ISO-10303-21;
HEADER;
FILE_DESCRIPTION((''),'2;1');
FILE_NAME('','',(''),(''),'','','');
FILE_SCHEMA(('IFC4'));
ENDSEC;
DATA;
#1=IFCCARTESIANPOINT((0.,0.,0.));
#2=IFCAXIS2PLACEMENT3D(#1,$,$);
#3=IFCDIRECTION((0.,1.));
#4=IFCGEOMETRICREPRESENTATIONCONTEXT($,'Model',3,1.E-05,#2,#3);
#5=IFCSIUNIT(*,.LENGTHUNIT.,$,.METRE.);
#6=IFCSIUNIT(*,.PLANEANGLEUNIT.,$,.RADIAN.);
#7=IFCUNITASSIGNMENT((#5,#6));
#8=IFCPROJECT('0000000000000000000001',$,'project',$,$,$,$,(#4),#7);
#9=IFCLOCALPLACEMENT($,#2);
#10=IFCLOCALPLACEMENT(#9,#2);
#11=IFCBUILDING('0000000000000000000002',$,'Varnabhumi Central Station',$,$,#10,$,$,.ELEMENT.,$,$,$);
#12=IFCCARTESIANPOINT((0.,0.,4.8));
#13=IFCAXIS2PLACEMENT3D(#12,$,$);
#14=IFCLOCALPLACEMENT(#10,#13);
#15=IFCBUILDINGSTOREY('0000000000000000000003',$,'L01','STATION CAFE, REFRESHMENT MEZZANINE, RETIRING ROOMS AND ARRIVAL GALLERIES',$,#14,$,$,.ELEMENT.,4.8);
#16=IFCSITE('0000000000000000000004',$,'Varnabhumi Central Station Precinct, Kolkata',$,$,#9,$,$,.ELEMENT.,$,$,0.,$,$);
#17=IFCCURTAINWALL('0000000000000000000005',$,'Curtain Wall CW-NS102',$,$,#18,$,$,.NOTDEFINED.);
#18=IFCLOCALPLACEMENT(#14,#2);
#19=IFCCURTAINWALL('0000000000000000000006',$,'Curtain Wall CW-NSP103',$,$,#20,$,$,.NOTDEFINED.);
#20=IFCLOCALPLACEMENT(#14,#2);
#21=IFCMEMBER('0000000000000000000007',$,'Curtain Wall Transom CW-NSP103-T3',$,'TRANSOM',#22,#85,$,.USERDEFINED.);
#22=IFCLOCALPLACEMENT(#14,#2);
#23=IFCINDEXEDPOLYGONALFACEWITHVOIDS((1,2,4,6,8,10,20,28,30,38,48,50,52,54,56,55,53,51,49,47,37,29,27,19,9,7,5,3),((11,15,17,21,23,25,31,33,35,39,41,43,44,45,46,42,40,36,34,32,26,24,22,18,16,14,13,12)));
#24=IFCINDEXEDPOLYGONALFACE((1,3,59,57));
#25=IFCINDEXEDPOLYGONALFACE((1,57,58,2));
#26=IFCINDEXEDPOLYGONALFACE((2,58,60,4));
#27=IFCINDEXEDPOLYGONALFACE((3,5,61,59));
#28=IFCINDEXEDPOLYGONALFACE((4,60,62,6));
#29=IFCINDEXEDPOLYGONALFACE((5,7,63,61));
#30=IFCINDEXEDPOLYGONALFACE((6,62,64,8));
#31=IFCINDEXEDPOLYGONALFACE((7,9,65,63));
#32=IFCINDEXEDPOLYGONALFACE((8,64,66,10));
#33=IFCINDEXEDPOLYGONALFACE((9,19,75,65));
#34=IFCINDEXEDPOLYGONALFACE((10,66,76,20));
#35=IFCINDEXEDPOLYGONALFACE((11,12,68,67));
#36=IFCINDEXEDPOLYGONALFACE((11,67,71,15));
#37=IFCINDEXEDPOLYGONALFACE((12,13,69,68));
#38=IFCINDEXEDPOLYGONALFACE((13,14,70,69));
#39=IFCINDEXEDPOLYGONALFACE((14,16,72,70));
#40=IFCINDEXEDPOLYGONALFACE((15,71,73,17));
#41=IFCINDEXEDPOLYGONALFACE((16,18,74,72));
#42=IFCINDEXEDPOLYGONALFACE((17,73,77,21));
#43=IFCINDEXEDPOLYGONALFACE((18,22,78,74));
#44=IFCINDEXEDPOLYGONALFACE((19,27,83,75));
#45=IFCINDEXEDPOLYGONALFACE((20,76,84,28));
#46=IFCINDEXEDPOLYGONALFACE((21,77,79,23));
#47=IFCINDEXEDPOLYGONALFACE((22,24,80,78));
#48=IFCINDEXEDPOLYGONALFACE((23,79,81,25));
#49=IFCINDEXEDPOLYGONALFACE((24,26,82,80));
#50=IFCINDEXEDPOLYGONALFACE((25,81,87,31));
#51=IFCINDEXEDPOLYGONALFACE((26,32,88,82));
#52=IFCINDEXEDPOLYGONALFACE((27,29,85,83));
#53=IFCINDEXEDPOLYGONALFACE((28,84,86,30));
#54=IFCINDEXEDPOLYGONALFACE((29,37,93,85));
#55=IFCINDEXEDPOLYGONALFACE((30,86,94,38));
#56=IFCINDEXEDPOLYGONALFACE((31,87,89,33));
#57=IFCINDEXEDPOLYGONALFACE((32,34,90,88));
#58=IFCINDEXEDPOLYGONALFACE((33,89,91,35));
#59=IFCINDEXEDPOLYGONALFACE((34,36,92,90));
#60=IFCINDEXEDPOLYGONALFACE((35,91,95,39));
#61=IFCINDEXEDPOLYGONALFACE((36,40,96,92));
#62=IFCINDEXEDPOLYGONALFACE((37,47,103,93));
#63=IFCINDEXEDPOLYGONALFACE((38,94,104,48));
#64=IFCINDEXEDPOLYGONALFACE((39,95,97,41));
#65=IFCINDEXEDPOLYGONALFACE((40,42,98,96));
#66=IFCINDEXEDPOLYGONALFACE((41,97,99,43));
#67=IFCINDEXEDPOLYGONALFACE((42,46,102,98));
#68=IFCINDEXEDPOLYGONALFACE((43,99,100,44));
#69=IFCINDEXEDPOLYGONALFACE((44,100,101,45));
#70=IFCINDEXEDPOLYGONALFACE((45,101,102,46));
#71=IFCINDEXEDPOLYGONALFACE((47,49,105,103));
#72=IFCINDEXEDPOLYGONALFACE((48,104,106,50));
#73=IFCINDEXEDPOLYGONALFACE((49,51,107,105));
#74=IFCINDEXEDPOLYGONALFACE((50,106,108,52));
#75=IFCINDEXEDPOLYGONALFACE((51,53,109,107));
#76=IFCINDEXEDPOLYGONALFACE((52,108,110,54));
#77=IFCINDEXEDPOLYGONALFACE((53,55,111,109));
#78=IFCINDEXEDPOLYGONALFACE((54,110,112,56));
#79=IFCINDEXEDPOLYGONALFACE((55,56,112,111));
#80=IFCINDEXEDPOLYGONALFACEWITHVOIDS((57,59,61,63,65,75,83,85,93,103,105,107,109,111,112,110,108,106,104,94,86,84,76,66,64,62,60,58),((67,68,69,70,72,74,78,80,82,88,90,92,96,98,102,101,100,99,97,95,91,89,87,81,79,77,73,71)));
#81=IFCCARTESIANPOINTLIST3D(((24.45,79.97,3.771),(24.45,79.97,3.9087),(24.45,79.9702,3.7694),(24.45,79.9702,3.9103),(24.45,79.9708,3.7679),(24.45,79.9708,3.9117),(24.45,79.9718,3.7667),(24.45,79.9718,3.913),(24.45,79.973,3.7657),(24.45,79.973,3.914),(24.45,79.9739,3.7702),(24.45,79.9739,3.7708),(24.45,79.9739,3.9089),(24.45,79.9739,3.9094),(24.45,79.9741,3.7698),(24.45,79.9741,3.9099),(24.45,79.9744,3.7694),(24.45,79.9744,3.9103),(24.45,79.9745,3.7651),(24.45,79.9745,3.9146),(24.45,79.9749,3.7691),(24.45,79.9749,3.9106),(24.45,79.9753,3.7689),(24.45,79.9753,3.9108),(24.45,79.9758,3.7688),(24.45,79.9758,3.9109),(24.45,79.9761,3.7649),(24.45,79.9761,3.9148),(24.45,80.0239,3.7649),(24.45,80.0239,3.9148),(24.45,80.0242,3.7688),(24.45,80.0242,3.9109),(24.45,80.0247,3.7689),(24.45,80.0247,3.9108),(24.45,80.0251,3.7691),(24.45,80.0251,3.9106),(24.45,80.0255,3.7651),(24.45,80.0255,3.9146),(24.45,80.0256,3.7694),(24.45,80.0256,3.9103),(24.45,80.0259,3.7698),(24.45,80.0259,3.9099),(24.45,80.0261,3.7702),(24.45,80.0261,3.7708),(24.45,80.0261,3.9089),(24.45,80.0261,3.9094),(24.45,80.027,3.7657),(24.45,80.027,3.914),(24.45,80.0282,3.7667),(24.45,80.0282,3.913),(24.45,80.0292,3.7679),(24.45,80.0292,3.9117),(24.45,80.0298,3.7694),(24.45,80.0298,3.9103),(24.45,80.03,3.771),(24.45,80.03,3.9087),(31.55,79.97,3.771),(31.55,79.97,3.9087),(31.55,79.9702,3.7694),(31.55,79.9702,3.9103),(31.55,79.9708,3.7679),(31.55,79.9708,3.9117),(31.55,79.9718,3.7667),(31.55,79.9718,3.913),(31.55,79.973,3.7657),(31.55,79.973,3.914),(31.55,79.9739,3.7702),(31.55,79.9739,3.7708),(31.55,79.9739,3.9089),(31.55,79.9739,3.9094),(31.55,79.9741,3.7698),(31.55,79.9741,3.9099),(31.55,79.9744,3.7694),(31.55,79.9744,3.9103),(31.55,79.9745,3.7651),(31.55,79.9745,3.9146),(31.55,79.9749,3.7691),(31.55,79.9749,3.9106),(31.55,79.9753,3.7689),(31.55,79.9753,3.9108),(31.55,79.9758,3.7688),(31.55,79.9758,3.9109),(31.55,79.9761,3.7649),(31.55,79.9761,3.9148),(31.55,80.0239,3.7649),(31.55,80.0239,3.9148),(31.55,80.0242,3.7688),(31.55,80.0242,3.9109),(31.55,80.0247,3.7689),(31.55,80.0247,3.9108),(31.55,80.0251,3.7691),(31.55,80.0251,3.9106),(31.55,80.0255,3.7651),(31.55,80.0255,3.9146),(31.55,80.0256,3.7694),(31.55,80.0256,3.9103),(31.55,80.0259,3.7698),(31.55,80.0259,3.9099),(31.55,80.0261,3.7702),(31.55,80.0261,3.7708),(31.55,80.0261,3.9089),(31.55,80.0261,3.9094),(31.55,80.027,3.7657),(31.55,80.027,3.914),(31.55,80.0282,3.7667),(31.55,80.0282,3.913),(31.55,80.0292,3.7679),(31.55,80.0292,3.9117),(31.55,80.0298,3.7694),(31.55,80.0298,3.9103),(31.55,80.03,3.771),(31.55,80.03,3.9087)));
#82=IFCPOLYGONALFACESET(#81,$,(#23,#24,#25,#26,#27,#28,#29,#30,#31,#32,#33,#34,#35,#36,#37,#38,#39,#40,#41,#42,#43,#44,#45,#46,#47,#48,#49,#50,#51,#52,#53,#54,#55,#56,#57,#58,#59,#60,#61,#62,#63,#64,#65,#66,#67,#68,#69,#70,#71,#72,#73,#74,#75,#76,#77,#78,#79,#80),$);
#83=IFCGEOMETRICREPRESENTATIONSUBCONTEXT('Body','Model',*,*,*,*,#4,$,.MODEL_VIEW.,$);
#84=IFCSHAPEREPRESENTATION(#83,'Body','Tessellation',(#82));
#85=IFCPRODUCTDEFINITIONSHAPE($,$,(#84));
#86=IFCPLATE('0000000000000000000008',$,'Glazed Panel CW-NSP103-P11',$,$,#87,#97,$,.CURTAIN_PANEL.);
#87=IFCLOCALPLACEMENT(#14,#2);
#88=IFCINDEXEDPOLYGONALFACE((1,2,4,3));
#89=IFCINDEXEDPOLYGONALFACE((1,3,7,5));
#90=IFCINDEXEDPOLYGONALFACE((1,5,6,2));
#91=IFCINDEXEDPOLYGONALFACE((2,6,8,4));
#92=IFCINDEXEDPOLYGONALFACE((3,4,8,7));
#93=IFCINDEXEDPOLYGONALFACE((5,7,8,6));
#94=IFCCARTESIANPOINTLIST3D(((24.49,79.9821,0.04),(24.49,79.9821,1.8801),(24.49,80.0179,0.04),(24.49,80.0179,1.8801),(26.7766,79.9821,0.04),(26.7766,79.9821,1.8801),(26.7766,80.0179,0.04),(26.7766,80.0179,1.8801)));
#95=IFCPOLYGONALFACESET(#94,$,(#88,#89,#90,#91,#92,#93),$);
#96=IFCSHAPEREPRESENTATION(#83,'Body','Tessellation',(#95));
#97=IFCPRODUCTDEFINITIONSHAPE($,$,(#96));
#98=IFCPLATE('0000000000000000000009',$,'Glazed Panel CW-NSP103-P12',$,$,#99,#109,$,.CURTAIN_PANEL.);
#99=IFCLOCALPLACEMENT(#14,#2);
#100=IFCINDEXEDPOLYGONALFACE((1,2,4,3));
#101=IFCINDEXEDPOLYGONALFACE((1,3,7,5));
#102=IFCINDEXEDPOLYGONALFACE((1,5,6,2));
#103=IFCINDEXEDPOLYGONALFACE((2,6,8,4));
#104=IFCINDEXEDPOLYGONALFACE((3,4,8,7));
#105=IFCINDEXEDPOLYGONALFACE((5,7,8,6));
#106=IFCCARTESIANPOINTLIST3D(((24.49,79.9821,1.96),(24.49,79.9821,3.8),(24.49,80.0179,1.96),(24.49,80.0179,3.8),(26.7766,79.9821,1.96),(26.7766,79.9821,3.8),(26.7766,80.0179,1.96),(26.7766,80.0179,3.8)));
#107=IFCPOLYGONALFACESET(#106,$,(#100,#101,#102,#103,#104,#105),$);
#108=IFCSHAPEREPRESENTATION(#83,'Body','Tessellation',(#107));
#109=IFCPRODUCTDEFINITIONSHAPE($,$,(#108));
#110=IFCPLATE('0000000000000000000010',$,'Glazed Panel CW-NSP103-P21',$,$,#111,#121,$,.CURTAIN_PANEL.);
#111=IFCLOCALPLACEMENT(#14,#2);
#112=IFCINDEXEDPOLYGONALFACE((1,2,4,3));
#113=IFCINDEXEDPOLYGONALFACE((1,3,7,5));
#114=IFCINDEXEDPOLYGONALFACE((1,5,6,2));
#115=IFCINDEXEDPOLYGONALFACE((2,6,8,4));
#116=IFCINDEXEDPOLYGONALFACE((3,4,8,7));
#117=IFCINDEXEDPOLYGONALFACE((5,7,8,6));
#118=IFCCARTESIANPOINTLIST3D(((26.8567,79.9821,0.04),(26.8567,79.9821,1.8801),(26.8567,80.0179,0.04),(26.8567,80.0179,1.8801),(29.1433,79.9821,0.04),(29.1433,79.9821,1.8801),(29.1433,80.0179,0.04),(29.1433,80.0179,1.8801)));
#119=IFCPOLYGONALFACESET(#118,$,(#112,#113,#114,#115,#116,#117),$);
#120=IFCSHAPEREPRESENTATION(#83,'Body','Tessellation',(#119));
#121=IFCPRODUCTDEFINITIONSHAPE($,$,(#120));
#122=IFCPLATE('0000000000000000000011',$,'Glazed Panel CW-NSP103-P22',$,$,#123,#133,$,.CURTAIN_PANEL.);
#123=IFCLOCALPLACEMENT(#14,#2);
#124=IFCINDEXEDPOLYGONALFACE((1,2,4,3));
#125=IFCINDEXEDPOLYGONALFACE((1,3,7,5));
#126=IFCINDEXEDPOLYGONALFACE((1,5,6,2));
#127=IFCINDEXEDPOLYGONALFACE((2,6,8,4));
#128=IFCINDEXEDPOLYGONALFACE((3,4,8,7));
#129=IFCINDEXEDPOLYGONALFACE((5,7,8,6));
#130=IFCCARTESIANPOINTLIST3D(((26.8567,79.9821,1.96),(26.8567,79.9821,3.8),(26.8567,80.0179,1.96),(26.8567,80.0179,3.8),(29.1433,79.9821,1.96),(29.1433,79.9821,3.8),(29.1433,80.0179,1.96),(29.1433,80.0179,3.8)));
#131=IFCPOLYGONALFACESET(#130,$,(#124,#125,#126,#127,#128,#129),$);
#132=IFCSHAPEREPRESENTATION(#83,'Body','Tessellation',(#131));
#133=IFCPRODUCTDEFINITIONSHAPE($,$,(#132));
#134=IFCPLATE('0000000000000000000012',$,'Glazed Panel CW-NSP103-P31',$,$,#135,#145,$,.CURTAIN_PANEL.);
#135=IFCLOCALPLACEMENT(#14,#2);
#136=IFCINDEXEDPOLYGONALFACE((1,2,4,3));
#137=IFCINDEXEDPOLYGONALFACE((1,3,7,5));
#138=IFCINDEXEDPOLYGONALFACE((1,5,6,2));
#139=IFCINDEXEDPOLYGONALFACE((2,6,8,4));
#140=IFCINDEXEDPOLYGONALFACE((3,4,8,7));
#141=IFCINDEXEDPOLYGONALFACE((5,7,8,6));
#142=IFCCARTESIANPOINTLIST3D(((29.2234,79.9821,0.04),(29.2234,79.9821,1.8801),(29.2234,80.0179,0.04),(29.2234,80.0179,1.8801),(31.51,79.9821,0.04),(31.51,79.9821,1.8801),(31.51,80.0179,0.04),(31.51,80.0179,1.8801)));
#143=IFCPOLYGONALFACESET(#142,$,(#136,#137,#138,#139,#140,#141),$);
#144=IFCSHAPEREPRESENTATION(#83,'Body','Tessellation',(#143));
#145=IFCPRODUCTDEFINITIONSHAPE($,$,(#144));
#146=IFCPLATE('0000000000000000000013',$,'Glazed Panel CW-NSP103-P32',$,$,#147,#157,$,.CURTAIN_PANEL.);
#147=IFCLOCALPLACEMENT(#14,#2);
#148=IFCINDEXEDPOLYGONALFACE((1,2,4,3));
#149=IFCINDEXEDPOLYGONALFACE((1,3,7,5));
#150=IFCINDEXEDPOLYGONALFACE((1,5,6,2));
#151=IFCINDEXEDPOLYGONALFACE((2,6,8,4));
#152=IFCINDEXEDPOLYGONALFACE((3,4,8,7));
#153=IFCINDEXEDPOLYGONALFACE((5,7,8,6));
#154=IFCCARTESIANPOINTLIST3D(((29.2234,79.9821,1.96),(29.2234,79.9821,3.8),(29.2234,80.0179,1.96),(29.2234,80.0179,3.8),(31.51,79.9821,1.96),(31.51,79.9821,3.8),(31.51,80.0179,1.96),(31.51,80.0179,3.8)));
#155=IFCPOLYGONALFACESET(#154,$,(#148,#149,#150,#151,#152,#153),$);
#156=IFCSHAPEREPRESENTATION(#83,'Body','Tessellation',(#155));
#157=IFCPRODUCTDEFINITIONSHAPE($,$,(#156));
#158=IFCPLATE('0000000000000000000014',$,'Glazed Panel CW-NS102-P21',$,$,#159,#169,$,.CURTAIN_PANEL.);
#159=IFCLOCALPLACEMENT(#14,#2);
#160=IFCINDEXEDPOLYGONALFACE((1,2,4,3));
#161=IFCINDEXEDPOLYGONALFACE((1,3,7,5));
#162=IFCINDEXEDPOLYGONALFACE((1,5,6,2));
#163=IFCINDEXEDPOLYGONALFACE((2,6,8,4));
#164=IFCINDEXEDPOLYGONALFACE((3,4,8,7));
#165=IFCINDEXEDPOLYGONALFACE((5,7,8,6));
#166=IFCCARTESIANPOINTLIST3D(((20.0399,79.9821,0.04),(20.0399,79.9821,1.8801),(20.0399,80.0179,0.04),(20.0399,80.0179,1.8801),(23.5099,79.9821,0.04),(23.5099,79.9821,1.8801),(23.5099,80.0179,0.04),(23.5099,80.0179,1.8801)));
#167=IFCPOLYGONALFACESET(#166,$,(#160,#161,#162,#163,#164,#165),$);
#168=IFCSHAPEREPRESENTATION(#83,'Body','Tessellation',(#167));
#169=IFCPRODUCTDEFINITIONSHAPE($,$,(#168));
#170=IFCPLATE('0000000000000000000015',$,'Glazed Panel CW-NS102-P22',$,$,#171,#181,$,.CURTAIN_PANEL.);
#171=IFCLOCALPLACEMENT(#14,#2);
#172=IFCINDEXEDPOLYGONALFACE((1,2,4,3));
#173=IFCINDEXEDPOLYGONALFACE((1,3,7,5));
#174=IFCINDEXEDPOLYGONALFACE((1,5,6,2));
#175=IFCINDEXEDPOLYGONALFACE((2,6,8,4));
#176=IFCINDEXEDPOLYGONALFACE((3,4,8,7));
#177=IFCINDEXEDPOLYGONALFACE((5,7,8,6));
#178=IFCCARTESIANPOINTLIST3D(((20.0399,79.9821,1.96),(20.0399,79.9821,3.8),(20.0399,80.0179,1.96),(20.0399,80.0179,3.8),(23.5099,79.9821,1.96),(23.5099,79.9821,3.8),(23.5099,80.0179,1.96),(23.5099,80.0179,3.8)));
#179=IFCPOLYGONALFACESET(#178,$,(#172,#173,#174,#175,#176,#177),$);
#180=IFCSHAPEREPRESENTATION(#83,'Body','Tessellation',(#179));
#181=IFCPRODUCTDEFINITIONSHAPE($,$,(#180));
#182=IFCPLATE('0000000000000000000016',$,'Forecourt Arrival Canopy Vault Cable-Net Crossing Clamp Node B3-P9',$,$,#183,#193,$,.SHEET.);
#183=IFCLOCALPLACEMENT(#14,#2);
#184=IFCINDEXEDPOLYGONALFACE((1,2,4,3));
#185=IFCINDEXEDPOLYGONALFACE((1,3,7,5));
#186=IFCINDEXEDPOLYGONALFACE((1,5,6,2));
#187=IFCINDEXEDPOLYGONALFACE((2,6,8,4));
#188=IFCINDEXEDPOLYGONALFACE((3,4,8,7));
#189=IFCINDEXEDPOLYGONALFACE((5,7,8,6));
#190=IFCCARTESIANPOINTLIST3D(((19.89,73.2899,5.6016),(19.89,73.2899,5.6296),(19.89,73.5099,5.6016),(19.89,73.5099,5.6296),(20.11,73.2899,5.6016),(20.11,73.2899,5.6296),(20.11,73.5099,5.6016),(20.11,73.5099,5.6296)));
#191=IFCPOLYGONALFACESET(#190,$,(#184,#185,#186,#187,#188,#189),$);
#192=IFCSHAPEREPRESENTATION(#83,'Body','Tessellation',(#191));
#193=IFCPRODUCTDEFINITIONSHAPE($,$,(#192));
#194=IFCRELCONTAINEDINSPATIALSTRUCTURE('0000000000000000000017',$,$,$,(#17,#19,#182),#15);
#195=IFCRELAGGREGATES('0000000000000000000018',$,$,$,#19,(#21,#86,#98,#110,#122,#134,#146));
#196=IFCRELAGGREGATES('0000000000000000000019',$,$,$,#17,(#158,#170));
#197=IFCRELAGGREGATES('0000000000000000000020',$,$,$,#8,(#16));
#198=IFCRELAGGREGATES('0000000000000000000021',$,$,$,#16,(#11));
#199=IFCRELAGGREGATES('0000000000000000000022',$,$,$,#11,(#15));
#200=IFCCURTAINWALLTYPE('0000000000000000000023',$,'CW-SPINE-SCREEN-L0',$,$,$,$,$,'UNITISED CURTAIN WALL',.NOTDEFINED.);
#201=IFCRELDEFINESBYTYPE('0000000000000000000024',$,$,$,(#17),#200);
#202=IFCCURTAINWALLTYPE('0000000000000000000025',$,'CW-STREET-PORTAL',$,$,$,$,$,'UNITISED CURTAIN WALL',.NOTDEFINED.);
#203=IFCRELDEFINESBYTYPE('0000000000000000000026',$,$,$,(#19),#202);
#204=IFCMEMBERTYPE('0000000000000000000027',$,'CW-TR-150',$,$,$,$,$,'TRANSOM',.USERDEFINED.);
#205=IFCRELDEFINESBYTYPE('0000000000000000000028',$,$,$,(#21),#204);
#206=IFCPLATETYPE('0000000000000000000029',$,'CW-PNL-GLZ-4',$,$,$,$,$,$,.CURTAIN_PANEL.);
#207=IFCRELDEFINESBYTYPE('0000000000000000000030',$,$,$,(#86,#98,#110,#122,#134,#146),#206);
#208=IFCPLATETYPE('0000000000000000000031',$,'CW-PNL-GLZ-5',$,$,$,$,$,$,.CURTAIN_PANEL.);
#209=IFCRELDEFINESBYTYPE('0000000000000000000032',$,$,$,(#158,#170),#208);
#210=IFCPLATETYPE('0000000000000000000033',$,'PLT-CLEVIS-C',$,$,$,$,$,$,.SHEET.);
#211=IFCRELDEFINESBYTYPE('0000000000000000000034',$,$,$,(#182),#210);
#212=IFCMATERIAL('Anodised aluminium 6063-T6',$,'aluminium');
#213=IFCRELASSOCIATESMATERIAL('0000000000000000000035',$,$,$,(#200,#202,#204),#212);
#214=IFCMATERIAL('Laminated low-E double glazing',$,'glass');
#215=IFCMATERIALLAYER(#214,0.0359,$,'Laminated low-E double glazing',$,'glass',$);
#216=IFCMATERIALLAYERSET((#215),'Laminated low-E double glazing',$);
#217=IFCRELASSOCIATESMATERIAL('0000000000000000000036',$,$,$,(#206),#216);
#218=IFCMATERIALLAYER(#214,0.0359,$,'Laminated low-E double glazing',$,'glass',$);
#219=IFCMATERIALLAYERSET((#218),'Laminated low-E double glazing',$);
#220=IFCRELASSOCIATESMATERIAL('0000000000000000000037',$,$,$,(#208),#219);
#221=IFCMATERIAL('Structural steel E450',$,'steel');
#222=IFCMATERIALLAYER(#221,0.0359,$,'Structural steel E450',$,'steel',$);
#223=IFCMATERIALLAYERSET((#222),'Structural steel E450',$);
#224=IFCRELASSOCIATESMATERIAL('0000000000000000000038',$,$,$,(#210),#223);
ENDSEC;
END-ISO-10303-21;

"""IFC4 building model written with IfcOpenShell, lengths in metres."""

from ifc_helpers import new_model, si_unit, direction, frame, origin, origin_2d, place, context, subcontext, project, spatial, rectangle, hollow_rectangle, extrude, material, layer, layer_set, material_profile, profile_set, type_object, element, aggregate, save


model = new_model("IFC4")

# Units and contexts
model_context = context("Model", 3, precision=1e-05, world=origin(), true_north=direction((0.0, 1.0)))
body_context = subcontext(model_context, "Body", "Model", "MODEL_VIEW")
ifc_project = project(units=[si_unit("LENGTHUNIT", "METRE"), si_unit("PLANEANGLEUNIT", "RADIAN")], contexts=[model_context])

# Site, building, storey
site_placement = place(None, origin())
site = spatial("IfcSite", under=ifc_project, at=site_placement, Name="Varnabhumi Central Station Precinct, Kolkata", CompositionType="ELEMENT", RefElevation=0.0)
building_placement = place(site_placement, origin())
building = spatial("IfcBuilding", under=site, at=building_placement, Name="Varnabhumi Central Station", CompositionType="ELEMENT")
storey_placement = place(building_placement, frame((0.0, 0.0, 4.8)))
storey = spatial("IfcBuildingStorey", under=building, at=storey_placement, Name="L01", Description="STATION CAFE, REFRESHMENT MEZZANINE, RETIRING ROOMS AND ARRIVAL GALLERIES", CompositionType="ELEMENT", Elevation=4.8)

# Curtain wall
ifc_material_1 = material(Name="Anodised aluminium 6063-T6", Category="aluminium")
curtain_wall_type_1 = type_object("IfcCurtainWallType", Name="CW-SPINE-SCREEN-L0", ElementType="UNITISED CURTAIN WALL", PredefinedType="NOTDEFINED", material=ifc_material_1)
curtain_wall_1_placement = place(storey_placement, origin())
curtain_wall_1 = element("IfcCurtainWall", 1, at=curtain_wall_1_placement, inside=storey, type_object=curtain_wall_type_1, Name="Curtain Wall CW-NS102", PredefinedType="NOTDEFINED")

# Curtain wall, member, plates
curtain_wall_type_2 = type_object("IfcCurtainWallType", Name="CW-STREET-PORTAL", ElementType="UNITISED CURTAIN WALL", PredefinedType="NOTDEFINED", material=ifc_material_1)
curtain_wall_2_placement = place(storey_placement, origin())
curtain_wall_2 = element("IfcCurtainWall", 2, at=curtain_wall_2_placement, inside=storey, type_object=curtain_wall_type_2, Name="Curtain Wall CW-NSP103", PredefinedType="NOTDEFINED")
ifc_material_profile_1 = material_profile(ifc_material_1, hollow_rectangle(XDim=0.0601, YDim=0.1499, WallThickness=0.0039, InnerFilletRadius=0.002, OuterFilletRadius=0.0061, at=origin_2d()), Name="Anodised aluminium 6063-T6", Category="aluminium")
ifc_profile_set_1 = profile_set([ifc_material_profile_1], Name="Anodised aluminium 6063-T6")
member_type_1 = type_object("IfcMemberType", Name="CW-TR-150", ElementType="TRANSOM", PredefinedType="USERDEFINED", material=ifc_profile_set_1)
member_1_placement = place(storey_placement, frame((24.45, 80.0, 3.8398), z_axis=(1.0, 0.0, 0.0), x_axis=(0.0, 1.0, 0.0)))
member_1 = element("IfcMember", 3, at=member_1_placement, type_object=member_type_1, Name="Curtain Wall Transom CW-NSP103-T3", ObjectType="TRANSOM", PredefinedType="USERDEFINED", context=body_context, shape_type="SweptSolid", body=[
    extrude(hollow_rectangle(XDim=0.0601, YDim=0.1499, WallThickness=0.0039, InnerFilletRadius=0.002, OuterFilletRadius=0.0061, at=origin_2d()), origin(), (0.0, 0.0, 1.0), 7.1001),
])
ifc_material_2 = material(Name="Laminated low-E double glazing", Category="glass")
ifc_layer_1 = layer(ifc_material_2, 0.0359, Name="Laminated low-E double glazing", Category="glass")
ifc_layer_set_1 = layer_set([ifc_layer_1], Name="Laminated low-E double glazing")
plate_type_1 = type_object("IfcPlateType", Name="CW-PNL-GLZ-4", PredefinedType="CURTAIN_PANEL", material=ifc_layer_set_1)
plate_1_placement = place(storey_placement, frame((25.6333, 80.0, 0.04), z_axis=(0.0, 0.0, 1.0), x_axis=(1.0, 0.0, 0.0)))
plate_1 = element("IfcPlate", 4, at=plate_1_placement, type_object=plate_type_1, Name="Glazed Panel CW-NSP103-P11", PredefinedType="CURTAIN_PANEL", context=body_context, shape_type="SweptSolid", body=[
    extrude(rectangle(XDim=2.2866, YDim=0.0359, at=origin_2d()), origin(), (0.0, 0.0, 1.0), 1.8401),
])
plate_2_placement = place(storey_placement, frame((25.6333, 80.0, 1.96), z_axis=(0.0, 0.0, 1.0), x_axis=(1.0, 0.0, 0.0)))
plate_2 = element("IfcPlate", 5, at=plate_2_placement, type_object=plate_type_1, Name="Glazed Panel CW-NSP103-P12", PredefinedType="CURTAIN_PANEL", context=body_context, shape_type="SweptSolid", body=[
    extrude(rectangle(XDim=2.2866, YDim=0.0359, at=origin_2d()), origin(), (0.0, 0.0, 1.0), 1.8401),
])
plate_3_placement = place(storey_placement, frame((28.0, 80.0, 0.04), z_axis=(0.0, 0.0, 1.0), x_axis=(1.0, 0.0, 0.0)))
plate_3 = element("IfcPlate", 6, at=plate_3_placement, type_object=plate_type_1, Name="Glazed Panel CW-NSP103-P21", PredefinedType="CURTAIN_PANEL", context=body_context, shape_type="SweptSolid", body=[
    extrude(rectangle(XDim=2.2866, YDim=0.0359, at=origin_2d()), origin(), (0.0, 0.0, 1.0), 1.8401),
])
plate_4_placement = place(storey_placement, frame((28.0, 80.0, 1.96), z_axis=(0.0, 0.0, 1.0), x_axis=(1.0, 0.0, 0.0)))
plate_4 = element("IfcPlate", 7, at=plate_4_placement, type_object=plate_type_1, Name="Glazed Panel CW-NSP103-P22", PredefinedType="CURTAIN_PANEL", context=body_context, shape_type="SweptSolid", body=[
    extrude(rectangle(XDim=2.2866, YDim=0.0359, at=origin_2d()), origin(), (0.0, 0.0, 1.0), 1.8401),
])
plate_5_placement = place(storey_placement, frame((30.3667, 80.0, 0.04), z_axis=(0.0, 0.0, 1.0), x_axis=(1.0, 0.0, 0.0)))
plate_5 = element("IfcPlate", 8, at=plate_5_placement, type_object=plate_type_1, Name="Glazed Panel CW-NSP103-P31", PredefinedType="CURTAIN_PANEL", context=body_context, shape_type="SweptSolid", body=[
    extrude(rectangle(XDim=2.2866, YDim=0.0359, at=origin_2d()), origin(), (0.0, 0.0, 1.0), 1.8401),
])
plate_6_placement = place(storey_placement, frame((30.3667, 80.0, 1.96), z_axis=(0.0, 0.0, 1.0), x_axis=(1.0, 0.0, 0.0)))
plate_6 = element("IfcPlate", 9, at=plate_6_placement, type_object=plate_type_1, Name="Glazed Panel CW-NSP103-P32", PredefinedType="CURTAIN_PANEL", context=body_context, shape_type="SweptSolid", body=[
    extrude(rectangle(XDim=2.2866, YDim=0.0359, at=origin_2d()), origin(), (0.0, 0.0, 1.0), 1.8401),
])
aggregate(curtain_wall_2, [member_1, plate_1, plate_2, plate_3, plate_4, plate_5, plate_6])

# Plates
ifc_layer_2 = layer(ifc_material_2, 0.0359, Name="Laminated low-E double glazing", Category="glass")
ifc_layer_set_2 = layer_set([ifc_layer_2], Name="Laminated low-E double glazing")
plate_type_2 = type_object("IfcPlateType", Name="CW-PNL-GLZ-5", PredefinedType="CURTAIN_PANEL", material=ifc_layer_set_2)
plate_7_placement = place(storey_placement, frame((21.7749, 80.0, 0.04), z_axis=(0.0, 0.0, 1.0), x_axis=(1.0, 0.0, 0.0)))
plate_7 = element("IfcPlate", 10, at=plate_7_placement, type_object=plate_type_2, Name="Glazed Panel CW-NS102-P21", PredefinedType="CURTAIN_PANEL", context=body_context, shape_type="SweptSolid", body=[
    extrude(rectangle(XDim=3.47, YDim=0.0359, at=origin_2d()), origin(), (0.0, 0.0, 1.0), 1.8401),
])
plate_8_placement = place(storey_placement, frame((21.7749, 80.0, 1.96), z_axis=(0.0, 0.0, 1.0), x_axis=(1.0, 0.0, 0.0)))
plate_8 = element("IfcPlate", 11, at=plate_8_placement, type_object=plate_type_2, Name="Glazed Panel CW-NS102-P22", PredefinedType="CURTAIN_PANEL", context=body_context, shape_type="SweptSolid", body=[
    extrude(rectangle(XDim=3.47, YDim=0.0359, at=origin_2d()), origin(), (0.0, 0.0, 1.0), 1.8401),
])
aggregate(curtain_wall_1, [plate_7, plate_8])

# Plate
ifc_material_3 = material(Name="Structural steel E450", Category="steel")
ifc_layer_3 = layer(ifc_material_3, 0.0359, Name="Structural steel E450", Category="steel")
ifc_layer_set_3 = layer_set([ifc_layer_3], Name="Structural steel E450")
plate_type_3 = type_object("IfcPlateType", Name="PLT-CLEVIS-C", PredefinedType="SHEET", material=ifc_layer_set_3)
plate_9_placement = place(storey_placement, frame((20.0, 73.3999, 5.6016), z_axis=(0.0, 0.0, 1.0), x_axis=(1.0, 0.0, 0.0)))
element("IfcPlate", 12, at=plate_9_placement, inside=storey, type_object=plate_type_3, Name="Forecourt Arrival Canopy Vault Cable-Net Crossing Clamp Node B3-P9", PredefinedType="SHEET", context=body_context, shape_type="SweptSolid", body=[
    extrude(rectangle(XDim=0.22, YDim=0.22, at=origin_2d()), origin(), (0.0, 0.0, 1.0), 0.0281),
])

save(model, "model.ifc")
